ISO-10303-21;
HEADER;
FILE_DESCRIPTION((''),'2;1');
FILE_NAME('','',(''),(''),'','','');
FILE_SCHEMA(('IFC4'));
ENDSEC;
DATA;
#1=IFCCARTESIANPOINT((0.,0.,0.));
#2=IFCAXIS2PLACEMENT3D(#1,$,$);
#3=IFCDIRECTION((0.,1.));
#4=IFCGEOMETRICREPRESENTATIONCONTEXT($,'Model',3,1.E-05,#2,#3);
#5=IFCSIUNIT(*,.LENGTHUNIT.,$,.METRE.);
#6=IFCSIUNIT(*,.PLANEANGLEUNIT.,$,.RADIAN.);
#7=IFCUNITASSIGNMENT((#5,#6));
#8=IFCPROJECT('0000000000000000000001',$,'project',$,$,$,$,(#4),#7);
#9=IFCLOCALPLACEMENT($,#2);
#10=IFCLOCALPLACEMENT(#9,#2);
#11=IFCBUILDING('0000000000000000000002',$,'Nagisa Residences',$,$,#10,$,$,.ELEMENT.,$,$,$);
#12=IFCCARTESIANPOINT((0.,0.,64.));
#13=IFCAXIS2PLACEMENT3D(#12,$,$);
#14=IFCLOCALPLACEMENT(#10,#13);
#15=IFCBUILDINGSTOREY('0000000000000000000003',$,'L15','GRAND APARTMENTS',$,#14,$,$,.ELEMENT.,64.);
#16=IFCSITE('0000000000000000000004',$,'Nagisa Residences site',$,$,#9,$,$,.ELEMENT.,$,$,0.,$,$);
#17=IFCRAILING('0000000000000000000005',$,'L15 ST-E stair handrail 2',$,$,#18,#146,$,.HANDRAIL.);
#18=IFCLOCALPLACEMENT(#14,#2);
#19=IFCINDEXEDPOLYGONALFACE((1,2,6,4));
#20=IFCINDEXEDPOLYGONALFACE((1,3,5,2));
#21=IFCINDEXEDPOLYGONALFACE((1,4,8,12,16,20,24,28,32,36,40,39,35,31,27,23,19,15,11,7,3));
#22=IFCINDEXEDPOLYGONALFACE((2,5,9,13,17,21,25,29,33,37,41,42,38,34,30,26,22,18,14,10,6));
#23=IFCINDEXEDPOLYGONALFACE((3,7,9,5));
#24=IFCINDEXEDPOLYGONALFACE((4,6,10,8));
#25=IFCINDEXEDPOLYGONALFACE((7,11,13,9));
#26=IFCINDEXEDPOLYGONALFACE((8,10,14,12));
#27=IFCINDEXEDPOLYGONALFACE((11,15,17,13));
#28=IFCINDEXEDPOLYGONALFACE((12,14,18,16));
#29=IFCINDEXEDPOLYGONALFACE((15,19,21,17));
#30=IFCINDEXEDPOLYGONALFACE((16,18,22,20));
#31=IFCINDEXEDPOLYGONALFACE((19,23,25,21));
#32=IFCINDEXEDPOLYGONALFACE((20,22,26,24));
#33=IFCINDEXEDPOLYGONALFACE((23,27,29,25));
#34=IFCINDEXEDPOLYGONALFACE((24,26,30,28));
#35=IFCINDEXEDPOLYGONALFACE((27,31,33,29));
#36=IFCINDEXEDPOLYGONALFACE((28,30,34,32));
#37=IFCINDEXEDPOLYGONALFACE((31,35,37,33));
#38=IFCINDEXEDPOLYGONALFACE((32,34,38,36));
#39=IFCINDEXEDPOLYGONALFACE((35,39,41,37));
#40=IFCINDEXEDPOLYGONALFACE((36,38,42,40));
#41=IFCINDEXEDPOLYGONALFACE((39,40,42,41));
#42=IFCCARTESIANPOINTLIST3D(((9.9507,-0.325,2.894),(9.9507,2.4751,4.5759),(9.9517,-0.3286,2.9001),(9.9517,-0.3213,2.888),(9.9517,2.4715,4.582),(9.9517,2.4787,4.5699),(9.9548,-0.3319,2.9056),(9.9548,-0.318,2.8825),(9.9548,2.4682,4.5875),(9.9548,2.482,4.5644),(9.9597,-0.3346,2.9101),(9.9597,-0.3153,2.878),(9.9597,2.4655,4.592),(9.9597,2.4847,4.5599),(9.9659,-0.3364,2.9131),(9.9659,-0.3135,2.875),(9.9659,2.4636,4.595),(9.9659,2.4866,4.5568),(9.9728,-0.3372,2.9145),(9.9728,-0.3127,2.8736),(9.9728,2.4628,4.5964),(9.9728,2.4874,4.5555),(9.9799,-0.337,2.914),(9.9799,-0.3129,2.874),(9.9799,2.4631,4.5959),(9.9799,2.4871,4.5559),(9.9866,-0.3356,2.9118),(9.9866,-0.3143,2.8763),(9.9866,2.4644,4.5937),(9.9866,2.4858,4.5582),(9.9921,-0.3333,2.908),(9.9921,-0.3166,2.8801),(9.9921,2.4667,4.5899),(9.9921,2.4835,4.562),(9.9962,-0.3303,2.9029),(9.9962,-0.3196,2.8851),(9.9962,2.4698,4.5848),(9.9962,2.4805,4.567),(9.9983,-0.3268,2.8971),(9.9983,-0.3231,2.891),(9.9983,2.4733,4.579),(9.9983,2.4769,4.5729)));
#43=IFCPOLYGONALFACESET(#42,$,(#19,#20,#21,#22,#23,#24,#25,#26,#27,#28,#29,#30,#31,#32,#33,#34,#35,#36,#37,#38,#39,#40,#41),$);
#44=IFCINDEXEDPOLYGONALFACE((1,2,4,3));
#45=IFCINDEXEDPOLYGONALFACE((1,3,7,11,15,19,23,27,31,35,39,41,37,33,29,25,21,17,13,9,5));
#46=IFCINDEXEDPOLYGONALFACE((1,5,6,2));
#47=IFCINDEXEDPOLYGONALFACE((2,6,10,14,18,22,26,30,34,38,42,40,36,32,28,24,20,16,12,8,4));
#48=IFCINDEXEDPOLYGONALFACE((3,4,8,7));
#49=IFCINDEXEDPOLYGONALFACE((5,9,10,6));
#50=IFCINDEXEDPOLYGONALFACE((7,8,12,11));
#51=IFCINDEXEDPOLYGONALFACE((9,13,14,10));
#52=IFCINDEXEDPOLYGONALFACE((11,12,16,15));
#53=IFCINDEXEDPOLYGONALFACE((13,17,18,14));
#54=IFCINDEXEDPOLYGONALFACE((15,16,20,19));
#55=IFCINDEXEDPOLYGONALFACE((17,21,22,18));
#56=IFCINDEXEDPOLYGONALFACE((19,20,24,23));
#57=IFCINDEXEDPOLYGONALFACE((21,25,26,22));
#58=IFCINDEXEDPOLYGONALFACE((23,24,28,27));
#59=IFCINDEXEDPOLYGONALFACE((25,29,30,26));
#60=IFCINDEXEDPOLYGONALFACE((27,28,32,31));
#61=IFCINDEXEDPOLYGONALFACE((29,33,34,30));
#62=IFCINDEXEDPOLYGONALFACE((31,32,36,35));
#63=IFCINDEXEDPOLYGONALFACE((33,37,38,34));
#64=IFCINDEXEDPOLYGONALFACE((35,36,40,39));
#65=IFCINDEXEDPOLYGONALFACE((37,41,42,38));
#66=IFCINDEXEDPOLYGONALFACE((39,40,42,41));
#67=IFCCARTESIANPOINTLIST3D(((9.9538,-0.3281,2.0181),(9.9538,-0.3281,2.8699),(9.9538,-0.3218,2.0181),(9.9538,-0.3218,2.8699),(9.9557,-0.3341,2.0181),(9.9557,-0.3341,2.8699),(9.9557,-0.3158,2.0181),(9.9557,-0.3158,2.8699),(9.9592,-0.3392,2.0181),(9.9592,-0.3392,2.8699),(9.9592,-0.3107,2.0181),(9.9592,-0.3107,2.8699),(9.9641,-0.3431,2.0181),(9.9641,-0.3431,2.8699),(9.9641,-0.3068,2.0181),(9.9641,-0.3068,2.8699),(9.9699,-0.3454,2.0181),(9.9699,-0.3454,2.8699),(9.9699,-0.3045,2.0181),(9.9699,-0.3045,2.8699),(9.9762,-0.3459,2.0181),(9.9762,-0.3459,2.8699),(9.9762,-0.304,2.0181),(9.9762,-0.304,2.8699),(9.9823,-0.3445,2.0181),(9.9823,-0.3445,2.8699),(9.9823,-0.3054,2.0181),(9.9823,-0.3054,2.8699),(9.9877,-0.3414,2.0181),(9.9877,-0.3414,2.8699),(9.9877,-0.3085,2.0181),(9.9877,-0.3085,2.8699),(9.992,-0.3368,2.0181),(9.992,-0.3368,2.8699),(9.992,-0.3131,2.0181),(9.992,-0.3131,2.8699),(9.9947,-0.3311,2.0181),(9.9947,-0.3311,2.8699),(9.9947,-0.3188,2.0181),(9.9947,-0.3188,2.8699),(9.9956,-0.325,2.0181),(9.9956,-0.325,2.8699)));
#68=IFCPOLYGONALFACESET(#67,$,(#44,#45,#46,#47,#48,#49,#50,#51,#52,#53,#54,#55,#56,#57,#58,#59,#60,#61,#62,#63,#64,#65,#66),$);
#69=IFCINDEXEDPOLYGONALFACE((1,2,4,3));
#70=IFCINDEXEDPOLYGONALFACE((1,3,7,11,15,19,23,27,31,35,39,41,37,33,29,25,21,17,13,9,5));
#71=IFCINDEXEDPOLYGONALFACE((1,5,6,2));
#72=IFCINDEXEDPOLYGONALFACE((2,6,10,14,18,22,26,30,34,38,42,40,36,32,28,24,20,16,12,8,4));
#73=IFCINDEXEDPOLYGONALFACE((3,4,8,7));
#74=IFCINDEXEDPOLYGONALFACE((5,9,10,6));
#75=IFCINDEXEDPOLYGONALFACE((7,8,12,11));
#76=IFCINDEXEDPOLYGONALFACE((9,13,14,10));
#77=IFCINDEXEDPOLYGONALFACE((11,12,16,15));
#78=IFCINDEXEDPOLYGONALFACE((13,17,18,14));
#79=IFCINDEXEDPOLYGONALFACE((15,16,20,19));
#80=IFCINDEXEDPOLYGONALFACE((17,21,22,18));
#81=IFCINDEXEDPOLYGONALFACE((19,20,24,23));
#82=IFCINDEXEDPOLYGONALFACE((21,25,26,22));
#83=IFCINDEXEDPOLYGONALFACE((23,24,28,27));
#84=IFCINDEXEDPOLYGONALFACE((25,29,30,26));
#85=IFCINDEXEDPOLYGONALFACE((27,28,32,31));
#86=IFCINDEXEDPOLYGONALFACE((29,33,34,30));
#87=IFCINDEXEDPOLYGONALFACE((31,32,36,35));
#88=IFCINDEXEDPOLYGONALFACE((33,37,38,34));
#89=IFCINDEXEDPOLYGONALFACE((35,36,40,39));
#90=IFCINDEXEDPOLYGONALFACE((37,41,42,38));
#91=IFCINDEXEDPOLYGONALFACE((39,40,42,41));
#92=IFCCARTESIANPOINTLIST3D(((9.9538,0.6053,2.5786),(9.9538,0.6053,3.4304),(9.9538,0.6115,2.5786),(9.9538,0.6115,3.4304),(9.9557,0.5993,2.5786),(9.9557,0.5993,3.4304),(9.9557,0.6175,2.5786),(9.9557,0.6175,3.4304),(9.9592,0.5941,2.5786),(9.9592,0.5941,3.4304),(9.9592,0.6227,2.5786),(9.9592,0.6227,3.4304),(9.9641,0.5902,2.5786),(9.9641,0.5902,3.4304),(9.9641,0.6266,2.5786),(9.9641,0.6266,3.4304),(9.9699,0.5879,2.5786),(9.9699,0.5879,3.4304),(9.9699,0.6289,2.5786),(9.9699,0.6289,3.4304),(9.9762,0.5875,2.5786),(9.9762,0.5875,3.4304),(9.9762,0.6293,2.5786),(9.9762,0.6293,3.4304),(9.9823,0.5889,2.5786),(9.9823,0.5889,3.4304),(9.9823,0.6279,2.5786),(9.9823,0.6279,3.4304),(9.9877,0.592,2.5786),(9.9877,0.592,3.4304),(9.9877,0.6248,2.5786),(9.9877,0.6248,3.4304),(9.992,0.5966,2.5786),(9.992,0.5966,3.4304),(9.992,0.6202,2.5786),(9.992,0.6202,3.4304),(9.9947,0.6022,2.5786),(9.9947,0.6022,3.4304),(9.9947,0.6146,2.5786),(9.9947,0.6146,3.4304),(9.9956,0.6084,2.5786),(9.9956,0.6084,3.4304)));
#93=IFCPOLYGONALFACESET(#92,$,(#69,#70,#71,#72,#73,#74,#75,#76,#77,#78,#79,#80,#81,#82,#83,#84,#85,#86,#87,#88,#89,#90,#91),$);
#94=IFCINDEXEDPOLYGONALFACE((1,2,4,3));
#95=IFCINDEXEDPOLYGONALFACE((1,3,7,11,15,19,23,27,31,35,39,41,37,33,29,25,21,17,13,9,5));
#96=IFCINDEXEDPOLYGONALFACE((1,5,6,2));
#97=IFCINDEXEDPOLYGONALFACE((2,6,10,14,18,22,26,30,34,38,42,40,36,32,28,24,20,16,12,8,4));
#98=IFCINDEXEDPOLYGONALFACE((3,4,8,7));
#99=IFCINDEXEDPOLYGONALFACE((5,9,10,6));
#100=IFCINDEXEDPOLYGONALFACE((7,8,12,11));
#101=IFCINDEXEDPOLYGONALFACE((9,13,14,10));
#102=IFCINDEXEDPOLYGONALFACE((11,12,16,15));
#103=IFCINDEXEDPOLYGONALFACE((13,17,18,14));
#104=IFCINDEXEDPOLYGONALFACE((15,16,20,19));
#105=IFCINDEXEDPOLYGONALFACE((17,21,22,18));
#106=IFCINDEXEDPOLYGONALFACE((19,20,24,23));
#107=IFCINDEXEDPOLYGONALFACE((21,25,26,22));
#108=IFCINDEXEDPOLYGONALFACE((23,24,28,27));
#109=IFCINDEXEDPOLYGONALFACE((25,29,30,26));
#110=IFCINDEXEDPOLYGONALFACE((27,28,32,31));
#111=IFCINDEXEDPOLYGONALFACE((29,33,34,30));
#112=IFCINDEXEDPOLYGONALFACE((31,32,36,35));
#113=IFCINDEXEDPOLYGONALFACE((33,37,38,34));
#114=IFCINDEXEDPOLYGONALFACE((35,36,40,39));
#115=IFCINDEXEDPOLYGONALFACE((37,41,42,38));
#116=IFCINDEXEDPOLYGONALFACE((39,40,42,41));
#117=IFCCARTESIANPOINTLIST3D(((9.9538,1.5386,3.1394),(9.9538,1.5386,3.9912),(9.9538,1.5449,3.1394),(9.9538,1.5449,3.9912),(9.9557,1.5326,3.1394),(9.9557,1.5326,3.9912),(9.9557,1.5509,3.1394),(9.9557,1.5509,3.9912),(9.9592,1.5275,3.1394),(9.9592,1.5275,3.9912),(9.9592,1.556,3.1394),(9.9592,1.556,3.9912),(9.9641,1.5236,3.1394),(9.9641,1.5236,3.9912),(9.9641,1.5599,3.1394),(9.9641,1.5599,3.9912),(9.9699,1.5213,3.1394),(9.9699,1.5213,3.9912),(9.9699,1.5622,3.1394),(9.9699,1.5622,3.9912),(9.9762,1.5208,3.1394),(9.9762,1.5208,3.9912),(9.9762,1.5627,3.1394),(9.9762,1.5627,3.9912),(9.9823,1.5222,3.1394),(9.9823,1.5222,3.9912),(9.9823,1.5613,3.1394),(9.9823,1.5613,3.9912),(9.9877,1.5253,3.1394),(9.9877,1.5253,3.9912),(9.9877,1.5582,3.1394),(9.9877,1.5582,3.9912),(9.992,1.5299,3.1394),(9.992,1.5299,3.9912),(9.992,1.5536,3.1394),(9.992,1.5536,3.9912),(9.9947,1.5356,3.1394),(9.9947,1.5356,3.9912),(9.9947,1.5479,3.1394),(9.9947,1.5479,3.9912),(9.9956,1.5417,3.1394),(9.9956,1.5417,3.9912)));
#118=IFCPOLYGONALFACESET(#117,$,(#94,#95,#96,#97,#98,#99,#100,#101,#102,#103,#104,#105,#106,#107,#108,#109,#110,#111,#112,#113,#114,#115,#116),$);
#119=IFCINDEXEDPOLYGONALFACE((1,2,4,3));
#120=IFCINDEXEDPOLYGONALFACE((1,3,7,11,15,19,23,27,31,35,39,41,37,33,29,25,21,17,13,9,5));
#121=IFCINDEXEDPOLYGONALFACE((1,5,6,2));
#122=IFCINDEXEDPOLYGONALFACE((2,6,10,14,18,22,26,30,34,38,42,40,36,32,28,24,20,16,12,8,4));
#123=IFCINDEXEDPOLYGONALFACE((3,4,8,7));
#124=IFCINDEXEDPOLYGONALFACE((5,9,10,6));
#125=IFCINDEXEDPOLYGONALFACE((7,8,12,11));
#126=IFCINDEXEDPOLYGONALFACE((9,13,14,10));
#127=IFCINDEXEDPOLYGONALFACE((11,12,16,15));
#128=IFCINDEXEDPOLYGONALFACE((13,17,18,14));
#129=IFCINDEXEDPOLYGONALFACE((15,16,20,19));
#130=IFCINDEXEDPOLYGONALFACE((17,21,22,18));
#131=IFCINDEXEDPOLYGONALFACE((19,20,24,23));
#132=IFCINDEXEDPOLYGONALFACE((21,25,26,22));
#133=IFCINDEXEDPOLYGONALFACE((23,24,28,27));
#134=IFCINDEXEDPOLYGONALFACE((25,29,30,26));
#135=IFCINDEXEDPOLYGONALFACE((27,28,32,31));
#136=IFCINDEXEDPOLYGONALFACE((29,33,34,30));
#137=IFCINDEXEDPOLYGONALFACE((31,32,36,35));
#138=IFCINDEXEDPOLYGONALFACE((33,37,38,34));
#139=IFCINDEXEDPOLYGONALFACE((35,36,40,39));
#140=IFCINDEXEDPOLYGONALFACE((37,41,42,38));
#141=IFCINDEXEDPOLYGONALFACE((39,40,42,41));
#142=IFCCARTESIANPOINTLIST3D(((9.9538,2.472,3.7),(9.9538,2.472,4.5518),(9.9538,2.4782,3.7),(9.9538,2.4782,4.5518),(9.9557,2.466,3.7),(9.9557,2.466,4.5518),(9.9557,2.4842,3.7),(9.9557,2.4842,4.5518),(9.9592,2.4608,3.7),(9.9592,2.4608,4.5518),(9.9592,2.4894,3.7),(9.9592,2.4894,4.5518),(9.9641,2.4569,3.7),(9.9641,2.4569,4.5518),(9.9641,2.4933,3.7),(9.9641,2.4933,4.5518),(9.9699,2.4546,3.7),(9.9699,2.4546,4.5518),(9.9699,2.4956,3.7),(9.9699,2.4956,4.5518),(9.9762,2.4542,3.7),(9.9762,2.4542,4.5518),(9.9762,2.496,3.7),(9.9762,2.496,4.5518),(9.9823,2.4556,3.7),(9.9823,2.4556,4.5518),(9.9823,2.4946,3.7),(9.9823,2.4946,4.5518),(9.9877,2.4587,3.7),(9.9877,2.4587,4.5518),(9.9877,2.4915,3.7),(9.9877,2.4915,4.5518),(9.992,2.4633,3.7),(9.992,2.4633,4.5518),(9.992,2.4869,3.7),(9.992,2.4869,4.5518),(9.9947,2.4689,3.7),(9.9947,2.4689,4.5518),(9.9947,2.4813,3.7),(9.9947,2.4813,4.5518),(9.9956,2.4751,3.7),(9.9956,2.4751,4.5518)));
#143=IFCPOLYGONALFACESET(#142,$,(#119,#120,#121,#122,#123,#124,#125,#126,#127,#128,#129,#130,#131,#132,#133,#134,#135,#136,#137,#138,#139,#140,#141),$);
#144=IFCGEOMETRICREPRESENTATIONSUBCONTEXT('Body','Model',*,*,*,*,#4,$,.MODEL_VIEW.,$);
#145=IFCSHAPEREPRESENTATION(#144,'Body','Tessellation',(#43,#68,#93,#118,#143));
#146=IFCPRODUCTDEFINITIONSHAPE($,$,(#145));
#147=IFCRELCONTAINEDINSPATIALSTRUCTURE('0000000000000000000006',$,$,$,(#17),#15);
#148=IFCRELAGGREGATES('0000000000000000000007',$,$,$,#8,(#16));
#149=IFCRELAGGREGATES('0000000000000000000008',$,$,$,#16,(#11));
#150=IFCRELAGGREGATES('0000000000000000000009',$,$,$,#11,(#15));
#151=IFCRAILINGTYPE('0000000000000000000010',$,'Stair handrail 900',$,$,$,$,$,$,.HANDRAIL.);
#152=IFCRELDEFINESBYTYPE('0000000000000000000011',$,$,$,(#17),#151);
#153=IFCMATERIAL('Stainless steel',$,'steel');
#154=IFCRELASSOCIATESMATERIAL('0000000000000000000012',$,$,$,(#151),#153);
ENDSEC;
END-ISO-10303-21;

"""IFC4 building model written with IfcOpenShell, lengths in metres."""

from ifc_helpers import new_model, si_unit, direction, frame, origin, origin_2d, place, context, subcontext, project, spatial, circle, extrude, material, type_object, element, save


model = new_model("IFC4")

# Units and contexts
model_context = context("Model", 3, precision=1e-05, world=origin(), true_north=direction((0.0, 1.0)))
body_context = subcontext(model_context, "Body", "Model", "MODEL_VIEW")
ifc_project = project(units=[si_unit("LENGTHUNIT", "METRE"), si_unit("PLANEANGLEUNIT", "RADIAN")], contexts=[model_context])

# Site, building, storey
site_placement = place(None, origin())
site = spatial("IfcSite", under=ifc_project, at=site_placement, Name="Nagisa Residences site", CompositionType="ELEMENT", RefElevation=0.0)
building_placement = place(site_placement, origin())
building = spatial("IfcBuilding", under=site, at=building_placement, Name="Nagisa Residences", CompositionType="ELEMENT")
storey_placement = place(building_placement, frame((0.0, 0.0, 64.0)))
storey = spatial("IfcBuildingStorey", under=building, at=storey_placement, Name="L15", Description="GRAND APARTMENTS", CompositionType="ELEMENT", Elevation=64.0)

# Railing
ifc_material_1 = material(Name="Stainless steel", Category="steel")
railing_type = type_object("IfcRailingType", Name="Stair handrail 900", PredefinedType="HANDRAIL", material=ifc_material_1)
railing_1_placement = place(storey_placement, frame((9.9746, -0.325, 2.0181)))
element("IfcRailing", 1, at=railing_1_placement, inside=storey, type_object=railing_type, Name="L15 ST-E stair handrail 2", PredefinedType="HANDRAIL", context=body_context, shape_type="SweptSolid", body=[
    extrude(circle(Radius=0.0239, at=origin_2d()), frame((0.0, 0.0, 0.876), z_axis=(0.0, 0.857242, 0.514913), x_axis=(-1.0, 0.0, 0.0)), (0.0, 0.0, 1.0), 3.2664),
    extrude(circle(Radius=0.021, at=origin_2d()), origin(), (0.0, 0.0, 1.0), 0.8518),
    extrude(circle(Radius=0.021, at=origin_2d()), frame((0.0, 0.9333, 0.5605)), (0.0, 0.0, 1.0), 0.8518),
    extrude(circle(Radius=0.021, at=origin_2d()), frame((0.0, 1.8667, 1.1213)), (0.0, 0.0, 1.0), 0.8518),
    extrude(circle(Radius=0.021, at=origin_2d()), frame((0.0, 2.8, 1.6819)), (0.0, 0.0, 1.0), 0.8518),
])

save(model, "model.ifc")
